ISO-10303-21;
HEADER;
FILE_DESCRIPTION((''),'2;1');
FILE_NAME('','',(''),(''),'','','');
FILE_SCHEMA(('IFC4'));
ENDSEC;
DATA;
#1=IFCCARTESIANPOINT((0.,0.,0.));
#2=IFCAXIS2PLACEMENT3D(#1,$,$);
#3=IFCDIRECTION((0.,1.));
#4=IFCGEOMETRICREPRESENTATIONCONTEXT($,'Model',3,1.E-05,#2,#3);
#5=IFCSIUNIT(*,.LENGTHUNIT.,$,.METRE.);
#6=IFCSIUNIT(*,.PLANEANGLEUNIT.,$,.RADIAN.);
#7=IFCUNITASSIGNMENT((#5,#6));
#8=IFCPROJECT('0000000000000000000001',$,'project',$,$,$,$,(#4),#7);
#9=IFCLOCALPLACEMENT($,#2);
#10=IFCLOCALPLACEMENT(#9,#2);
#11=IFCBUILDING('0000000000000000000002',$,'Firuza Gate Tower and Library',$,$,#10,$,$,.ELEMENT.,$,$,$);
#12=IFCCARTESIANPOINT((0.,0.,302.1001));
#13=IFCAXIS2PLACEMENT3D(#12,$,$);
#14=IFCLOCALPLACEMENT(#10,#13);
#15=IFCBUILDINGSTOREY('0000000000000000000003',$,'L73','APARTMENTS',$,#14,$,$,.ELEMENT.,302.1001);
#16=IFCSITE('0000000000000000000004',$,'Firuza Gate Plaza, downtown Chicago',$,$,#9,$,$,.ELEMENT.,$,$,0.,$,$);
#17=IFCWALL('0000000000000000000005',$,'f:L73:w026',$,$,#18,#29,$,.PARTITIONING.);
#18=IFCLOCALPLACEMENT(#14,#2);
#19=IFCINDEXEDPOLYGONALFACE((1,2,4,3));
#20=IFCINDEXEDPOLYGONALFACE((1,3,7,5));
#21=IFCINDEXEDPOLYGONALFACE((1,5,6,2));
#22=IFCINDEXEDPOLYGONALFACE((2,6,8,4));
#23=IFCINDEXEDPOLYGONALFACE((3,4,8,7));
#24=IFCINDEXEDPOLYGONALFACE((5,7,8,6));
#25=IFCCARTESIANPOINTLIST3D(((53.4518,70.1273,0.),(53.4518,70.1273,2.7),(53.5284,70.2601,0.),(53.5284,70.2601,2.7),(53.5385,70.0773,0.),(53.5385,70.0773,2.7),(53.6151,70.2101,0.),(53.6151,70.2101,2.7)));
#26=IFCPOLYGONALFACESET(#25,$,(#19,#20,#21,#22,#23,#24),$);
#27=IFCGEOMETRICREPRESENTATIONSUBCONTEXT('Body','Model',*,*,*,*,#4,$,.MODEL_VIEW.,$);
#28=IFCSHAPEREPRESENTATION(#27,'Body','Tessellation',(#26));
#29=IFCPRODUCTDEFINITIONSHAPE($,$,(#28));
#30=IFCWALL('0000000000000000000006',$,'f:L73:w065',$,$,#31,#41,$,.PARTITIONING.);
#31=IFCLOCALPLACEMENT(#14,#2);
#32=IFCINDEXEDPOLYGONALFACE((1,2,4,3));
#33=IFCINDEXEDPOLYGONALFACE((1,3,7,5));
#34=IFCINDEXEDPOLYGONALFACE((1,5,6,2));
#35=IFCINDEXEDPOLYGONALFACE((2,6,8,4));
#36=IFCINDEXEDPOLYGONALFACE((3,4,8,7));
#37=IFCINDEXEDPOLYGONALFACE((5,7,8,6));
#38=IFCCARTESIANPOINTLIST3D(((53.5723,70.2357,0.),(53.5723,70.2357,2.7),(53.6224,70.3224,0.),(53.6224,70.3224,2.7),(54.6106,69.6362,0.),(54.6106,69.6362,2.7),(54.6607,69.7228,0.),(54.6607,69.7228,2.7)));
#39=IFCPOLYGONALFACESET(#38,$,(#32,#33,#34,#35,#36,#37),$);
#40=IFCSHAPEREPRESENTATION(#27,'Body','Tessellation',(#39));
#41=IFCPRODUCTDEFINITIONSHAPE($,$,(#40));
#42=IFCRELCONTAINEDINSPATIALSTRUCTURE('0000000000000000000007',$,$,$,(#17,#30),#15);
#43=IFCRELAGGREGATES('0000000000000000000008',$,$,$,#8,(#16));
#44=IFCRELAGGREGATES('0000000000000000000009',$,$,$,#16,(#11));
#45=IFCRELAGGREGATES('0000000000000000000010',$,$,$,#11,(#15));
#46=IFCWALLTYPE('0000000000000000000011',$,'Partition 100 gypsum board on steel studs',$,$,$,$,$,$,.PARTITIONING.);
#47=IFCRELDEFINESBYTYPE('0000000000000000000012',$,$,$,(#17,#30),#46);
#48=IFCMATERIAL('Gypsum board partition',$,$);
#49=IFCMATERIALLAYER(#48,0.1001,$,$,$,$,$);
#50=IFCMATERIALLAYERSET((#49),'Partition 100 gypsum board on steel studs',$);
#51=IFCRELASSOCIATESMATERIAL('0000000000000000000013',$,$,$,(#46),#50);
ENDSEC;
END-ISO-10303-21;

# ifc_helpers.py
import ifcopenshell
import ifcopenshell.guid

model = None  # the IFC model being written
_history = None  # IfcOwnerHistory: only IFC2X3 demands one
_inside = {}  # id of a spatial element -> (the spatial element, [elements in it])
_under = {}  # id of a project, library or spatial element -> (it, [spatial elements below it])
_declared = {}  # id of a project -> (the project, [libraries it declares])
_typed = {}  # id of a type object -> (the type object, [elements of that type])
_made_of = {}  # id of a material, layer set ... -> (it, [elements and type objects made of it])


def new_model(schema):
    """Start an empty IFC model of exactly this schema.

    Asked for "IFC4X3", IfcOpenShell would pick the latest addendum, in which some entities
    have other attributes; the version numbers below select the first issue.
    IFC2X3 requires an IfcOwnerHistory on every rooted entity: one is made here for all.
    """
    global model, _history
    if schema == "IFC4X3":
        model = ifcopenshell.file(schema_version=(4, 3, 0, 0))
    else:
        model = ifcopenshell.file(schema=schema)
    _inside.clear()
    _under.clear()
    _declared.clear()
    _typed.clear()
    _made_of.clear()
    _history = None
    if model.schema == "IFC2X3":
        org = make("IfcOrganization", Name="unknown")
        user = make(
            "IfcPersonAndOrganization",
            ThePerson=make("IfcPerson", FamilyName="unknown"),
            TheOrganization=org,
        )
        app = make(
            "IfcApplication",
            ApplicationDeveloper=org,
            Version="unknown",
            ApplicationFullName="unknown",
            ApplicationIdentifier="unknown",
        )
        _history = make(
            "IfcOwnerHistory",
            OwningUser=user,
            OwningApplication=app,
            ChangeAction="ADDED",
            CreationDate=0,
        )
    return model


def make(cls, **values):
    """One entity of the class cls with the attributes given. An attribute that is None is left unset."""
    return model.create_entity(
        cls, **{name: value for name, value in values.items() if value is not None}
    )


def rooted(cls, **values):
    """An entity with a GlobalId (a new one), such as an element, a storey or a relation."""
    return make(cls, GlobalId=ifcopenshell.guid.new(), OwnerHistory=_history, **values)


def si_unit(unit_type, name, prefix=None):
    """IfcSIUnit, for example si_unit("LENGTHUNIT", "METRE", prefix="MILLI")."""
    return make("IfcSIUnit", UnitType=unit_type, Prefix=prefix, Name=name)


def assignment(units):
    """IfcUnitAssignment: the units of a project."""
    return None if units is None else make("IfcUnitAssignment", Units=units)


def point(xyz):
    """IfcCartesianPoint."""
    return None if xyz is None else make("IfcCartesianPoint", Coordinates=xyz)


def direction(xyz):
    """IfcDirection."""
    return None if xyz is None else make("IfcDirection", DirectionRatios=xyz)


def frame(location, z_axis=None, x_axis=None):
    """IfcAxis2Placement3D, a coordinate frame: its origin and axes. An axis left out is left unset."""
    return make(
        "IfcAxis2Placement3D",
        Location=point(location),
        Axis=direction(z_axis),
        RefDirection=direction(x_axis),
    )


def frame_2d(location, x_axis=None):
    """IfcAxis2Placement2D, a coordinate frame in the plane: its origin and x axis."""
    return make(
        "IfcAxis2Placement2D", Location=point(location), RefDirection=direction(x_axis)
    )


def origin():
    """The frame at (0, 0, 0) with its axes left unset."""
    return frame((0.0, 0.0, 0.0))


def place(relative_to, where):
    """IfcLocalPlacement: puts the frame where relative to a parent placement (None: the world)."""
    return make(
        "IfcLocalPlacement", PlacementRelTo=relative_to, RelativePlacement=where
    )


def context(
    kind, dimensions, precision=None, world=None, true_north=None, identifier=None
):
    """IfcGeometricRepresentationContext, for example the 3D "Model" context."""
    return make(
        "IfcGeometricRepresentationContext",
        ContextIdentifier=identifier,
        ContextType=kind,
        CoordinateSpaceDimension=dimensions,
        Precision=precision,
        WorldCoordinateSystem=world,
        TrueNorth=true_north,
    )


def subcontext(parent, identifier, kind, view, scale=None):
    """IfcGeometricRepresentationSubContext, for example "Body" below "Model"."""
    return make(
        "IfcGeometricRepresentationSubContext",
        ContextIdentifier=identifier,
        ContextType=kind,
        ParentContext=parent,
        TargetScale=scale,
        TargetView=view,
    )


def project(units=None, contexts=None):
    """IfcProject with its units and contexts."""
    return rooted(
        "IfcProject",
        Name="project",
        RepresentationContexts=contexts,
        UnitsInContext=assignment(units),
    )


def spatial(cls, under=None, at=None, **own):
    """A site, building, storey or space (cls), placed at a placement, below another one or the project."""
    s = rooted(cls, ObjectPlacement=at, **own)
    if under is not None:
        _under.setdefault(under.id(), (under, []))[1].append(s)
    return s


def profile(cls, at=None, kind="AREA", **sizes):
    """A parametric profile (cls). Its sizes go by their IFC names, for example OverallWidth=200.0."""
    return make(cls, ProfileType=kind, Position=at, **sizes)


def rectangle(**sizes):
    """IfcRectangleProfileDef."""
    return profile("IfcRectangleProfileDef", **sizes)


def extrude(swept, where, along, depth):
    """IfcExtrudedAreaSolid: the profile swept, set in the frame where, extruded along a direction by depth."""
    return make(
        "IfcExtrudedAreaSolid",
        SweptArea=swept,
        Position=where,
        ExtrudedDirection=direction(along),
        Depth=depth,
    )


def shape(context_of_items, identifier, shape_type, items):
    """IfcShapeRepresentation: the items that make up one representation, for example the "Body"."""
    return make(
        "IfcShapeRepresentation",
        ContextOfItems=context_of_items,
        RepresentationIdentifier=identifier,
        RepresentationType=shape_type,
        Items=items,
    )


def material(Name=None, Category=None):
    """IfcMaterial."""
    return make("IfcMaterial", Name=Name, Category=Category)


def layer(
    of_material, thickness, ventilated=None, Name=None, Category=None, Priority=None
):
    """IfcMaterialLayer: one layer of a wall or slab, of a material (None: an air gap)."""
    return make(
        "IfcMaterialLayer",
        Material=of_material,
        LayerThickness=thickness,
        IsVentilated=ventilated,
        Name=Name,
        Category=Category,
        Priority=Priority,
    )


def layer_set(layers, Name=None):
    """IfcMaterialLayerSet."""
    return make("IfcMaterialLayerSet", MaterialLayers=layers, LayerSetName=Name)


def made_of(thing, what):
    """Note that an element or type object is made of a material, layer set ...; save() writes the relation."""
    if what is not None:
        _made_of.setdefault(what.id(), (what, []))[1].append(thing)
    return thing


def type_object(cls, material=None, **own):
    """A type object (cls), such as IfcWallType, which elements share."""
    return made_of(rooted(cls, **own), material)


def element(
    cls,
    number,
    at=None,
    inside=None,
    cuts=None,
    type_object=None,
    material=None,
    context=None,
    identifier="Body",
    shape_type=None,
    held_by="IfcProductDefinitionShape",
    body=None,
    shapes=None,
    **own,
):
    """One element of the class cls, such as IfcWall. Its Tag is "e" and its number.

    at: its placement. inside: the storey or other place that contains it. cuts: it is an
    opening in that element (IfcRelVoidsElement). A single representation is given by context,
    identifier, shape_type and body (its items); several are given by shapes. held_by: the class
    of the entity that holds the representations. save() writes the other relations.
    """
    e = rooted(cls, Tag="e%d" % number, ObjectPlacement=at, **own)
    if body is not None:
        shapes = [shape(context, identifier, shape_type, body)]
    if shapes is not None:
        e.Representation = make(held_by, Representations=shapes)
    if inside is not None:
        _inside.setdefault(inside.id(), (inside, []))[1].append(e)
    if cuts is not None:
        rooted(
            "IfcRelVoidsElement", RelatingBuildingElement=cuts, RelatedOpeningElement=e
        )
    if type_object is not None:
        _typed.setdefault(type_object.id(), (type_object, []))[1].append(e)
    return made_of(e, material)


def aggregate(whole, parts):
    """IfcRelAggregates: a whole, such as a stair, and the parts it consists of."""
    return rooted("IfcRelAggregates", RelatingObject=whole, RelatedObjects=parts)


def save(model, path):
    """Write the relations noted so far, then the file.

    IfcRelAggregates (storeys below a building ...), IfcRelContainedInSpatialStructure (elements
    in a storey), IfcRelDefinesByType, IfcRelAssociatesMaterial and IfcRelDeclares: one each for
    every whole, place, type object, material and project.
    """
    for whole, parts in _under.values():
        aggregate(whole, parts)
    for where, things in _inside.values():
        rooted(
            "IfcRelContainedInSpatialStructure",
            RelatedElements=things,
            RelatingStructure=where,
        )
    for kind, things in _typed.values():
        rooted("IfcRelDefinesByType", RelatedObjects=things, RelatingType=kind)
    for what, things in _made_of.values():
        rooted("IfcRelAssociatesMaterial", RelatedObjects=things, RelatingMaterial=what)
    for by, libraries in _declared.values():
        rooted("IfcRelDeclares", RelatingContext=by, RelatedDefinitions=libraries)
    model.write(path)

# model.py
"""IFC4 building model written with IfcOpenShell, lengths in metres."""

from ifc_helpers import new_model, si_unit, direction, frame, frame_2d, origin, place, context, subcontext, project, spatial, rectangle, extrude, material, layer, layer_set, type_object, element, save


model = new_model("IFC4")

# Units and contexts
model_context = context("Model", 3, precision=1e-05, world=origin(), true_north=direction((0.0, 1.0)))
body_context = subcontext(model_context, "Body", "Model", "MODEL_VIEW")
ifc_project = project(units=[si_unit("LENGTHUNIT", "METRE"), si_unit("PLANEANGLEUNIT", "RADIAN")], contexts=[model_context])

# Site, building, storey
site_placement = place(None, origin())
site = spatial("IfcSite", under=ifc_project, at=site_placement, Name="Firuza Gate Plaza, downtown Chicago", CompositionType="ELEMENT", RefElevation=0.0)
building_placement = place(site_placement, origin())
building = spatial("IfcBuilding", under=site, at=building_placement, Name="Firuza Gate Tower and Library", CompositionType="ELEMENT")
storey_placement = place(building_placement, frame((0.0, 0.0, 302.1001)))
storey = spatial("IfcBuildingStorey", under=building, at=storey_placement, Name="L73", Description="APARTMENTS", CompositionType="ELEMENT", Elevation=302.1001)

# Walls
ifc_material_1 = material(Name="Gypsum board partition")
ifc_layer_1 = layer(ifc_material_1, 0.1001)
ifc_layer_set_1 = layer_set([ifc_layer_1], Name="Partition 100 gypsum board on steel studs")
wall_type_1 = type_object("IfcWallType", Name="Partition 100 gypsum board on steel studs", PredefinedType="PARTITIONING", material=ifc_layer_set_1)
wall_1_placement = place(storey_placement, frame((53.4951, 70.1023, 0.0), z_axis=(0.0, 0.0, 1.0), x_axis=(0.499906, 0.86608, 0.0)))
element("IfcWall", 1, at=wall_1_placement, inside=storey, type_object=wall_type_1, Name="f:L73:w026", PredefinedType="PARTITIONING", context=body_context, shape_type="SweptSolid", body=[
    extrude(rectangle(XDim=0.1533, YDim=0.1001, at=frame_2d((0.0767, 0.0))), origin(), (0.0, 0.0, 1.0), 2.7),
])
wall_2_placement = place(storey_placement, frame((54.6357, 69.6794, 0.0), z_axis=(0.0, 0.0, 1.0), x_axis=(-0.865979, 0.500081, 0.0)))
element("IfcWall", 2, at=wall_2_placement, inside=storey, type_object=wall_type_1, Name="f:L73:w065", PredefinedType="PARTITIONING", context=body_context, shape_type="SweptSolid", body=[
    extrude(rectangle(XDim=1.199, YDim=0.1001, at=frame_2d((0.5996, 0.0))), origin(), (0.0, 0.0, 1.0), 2.7),
])

save(model, "model.ifc")
